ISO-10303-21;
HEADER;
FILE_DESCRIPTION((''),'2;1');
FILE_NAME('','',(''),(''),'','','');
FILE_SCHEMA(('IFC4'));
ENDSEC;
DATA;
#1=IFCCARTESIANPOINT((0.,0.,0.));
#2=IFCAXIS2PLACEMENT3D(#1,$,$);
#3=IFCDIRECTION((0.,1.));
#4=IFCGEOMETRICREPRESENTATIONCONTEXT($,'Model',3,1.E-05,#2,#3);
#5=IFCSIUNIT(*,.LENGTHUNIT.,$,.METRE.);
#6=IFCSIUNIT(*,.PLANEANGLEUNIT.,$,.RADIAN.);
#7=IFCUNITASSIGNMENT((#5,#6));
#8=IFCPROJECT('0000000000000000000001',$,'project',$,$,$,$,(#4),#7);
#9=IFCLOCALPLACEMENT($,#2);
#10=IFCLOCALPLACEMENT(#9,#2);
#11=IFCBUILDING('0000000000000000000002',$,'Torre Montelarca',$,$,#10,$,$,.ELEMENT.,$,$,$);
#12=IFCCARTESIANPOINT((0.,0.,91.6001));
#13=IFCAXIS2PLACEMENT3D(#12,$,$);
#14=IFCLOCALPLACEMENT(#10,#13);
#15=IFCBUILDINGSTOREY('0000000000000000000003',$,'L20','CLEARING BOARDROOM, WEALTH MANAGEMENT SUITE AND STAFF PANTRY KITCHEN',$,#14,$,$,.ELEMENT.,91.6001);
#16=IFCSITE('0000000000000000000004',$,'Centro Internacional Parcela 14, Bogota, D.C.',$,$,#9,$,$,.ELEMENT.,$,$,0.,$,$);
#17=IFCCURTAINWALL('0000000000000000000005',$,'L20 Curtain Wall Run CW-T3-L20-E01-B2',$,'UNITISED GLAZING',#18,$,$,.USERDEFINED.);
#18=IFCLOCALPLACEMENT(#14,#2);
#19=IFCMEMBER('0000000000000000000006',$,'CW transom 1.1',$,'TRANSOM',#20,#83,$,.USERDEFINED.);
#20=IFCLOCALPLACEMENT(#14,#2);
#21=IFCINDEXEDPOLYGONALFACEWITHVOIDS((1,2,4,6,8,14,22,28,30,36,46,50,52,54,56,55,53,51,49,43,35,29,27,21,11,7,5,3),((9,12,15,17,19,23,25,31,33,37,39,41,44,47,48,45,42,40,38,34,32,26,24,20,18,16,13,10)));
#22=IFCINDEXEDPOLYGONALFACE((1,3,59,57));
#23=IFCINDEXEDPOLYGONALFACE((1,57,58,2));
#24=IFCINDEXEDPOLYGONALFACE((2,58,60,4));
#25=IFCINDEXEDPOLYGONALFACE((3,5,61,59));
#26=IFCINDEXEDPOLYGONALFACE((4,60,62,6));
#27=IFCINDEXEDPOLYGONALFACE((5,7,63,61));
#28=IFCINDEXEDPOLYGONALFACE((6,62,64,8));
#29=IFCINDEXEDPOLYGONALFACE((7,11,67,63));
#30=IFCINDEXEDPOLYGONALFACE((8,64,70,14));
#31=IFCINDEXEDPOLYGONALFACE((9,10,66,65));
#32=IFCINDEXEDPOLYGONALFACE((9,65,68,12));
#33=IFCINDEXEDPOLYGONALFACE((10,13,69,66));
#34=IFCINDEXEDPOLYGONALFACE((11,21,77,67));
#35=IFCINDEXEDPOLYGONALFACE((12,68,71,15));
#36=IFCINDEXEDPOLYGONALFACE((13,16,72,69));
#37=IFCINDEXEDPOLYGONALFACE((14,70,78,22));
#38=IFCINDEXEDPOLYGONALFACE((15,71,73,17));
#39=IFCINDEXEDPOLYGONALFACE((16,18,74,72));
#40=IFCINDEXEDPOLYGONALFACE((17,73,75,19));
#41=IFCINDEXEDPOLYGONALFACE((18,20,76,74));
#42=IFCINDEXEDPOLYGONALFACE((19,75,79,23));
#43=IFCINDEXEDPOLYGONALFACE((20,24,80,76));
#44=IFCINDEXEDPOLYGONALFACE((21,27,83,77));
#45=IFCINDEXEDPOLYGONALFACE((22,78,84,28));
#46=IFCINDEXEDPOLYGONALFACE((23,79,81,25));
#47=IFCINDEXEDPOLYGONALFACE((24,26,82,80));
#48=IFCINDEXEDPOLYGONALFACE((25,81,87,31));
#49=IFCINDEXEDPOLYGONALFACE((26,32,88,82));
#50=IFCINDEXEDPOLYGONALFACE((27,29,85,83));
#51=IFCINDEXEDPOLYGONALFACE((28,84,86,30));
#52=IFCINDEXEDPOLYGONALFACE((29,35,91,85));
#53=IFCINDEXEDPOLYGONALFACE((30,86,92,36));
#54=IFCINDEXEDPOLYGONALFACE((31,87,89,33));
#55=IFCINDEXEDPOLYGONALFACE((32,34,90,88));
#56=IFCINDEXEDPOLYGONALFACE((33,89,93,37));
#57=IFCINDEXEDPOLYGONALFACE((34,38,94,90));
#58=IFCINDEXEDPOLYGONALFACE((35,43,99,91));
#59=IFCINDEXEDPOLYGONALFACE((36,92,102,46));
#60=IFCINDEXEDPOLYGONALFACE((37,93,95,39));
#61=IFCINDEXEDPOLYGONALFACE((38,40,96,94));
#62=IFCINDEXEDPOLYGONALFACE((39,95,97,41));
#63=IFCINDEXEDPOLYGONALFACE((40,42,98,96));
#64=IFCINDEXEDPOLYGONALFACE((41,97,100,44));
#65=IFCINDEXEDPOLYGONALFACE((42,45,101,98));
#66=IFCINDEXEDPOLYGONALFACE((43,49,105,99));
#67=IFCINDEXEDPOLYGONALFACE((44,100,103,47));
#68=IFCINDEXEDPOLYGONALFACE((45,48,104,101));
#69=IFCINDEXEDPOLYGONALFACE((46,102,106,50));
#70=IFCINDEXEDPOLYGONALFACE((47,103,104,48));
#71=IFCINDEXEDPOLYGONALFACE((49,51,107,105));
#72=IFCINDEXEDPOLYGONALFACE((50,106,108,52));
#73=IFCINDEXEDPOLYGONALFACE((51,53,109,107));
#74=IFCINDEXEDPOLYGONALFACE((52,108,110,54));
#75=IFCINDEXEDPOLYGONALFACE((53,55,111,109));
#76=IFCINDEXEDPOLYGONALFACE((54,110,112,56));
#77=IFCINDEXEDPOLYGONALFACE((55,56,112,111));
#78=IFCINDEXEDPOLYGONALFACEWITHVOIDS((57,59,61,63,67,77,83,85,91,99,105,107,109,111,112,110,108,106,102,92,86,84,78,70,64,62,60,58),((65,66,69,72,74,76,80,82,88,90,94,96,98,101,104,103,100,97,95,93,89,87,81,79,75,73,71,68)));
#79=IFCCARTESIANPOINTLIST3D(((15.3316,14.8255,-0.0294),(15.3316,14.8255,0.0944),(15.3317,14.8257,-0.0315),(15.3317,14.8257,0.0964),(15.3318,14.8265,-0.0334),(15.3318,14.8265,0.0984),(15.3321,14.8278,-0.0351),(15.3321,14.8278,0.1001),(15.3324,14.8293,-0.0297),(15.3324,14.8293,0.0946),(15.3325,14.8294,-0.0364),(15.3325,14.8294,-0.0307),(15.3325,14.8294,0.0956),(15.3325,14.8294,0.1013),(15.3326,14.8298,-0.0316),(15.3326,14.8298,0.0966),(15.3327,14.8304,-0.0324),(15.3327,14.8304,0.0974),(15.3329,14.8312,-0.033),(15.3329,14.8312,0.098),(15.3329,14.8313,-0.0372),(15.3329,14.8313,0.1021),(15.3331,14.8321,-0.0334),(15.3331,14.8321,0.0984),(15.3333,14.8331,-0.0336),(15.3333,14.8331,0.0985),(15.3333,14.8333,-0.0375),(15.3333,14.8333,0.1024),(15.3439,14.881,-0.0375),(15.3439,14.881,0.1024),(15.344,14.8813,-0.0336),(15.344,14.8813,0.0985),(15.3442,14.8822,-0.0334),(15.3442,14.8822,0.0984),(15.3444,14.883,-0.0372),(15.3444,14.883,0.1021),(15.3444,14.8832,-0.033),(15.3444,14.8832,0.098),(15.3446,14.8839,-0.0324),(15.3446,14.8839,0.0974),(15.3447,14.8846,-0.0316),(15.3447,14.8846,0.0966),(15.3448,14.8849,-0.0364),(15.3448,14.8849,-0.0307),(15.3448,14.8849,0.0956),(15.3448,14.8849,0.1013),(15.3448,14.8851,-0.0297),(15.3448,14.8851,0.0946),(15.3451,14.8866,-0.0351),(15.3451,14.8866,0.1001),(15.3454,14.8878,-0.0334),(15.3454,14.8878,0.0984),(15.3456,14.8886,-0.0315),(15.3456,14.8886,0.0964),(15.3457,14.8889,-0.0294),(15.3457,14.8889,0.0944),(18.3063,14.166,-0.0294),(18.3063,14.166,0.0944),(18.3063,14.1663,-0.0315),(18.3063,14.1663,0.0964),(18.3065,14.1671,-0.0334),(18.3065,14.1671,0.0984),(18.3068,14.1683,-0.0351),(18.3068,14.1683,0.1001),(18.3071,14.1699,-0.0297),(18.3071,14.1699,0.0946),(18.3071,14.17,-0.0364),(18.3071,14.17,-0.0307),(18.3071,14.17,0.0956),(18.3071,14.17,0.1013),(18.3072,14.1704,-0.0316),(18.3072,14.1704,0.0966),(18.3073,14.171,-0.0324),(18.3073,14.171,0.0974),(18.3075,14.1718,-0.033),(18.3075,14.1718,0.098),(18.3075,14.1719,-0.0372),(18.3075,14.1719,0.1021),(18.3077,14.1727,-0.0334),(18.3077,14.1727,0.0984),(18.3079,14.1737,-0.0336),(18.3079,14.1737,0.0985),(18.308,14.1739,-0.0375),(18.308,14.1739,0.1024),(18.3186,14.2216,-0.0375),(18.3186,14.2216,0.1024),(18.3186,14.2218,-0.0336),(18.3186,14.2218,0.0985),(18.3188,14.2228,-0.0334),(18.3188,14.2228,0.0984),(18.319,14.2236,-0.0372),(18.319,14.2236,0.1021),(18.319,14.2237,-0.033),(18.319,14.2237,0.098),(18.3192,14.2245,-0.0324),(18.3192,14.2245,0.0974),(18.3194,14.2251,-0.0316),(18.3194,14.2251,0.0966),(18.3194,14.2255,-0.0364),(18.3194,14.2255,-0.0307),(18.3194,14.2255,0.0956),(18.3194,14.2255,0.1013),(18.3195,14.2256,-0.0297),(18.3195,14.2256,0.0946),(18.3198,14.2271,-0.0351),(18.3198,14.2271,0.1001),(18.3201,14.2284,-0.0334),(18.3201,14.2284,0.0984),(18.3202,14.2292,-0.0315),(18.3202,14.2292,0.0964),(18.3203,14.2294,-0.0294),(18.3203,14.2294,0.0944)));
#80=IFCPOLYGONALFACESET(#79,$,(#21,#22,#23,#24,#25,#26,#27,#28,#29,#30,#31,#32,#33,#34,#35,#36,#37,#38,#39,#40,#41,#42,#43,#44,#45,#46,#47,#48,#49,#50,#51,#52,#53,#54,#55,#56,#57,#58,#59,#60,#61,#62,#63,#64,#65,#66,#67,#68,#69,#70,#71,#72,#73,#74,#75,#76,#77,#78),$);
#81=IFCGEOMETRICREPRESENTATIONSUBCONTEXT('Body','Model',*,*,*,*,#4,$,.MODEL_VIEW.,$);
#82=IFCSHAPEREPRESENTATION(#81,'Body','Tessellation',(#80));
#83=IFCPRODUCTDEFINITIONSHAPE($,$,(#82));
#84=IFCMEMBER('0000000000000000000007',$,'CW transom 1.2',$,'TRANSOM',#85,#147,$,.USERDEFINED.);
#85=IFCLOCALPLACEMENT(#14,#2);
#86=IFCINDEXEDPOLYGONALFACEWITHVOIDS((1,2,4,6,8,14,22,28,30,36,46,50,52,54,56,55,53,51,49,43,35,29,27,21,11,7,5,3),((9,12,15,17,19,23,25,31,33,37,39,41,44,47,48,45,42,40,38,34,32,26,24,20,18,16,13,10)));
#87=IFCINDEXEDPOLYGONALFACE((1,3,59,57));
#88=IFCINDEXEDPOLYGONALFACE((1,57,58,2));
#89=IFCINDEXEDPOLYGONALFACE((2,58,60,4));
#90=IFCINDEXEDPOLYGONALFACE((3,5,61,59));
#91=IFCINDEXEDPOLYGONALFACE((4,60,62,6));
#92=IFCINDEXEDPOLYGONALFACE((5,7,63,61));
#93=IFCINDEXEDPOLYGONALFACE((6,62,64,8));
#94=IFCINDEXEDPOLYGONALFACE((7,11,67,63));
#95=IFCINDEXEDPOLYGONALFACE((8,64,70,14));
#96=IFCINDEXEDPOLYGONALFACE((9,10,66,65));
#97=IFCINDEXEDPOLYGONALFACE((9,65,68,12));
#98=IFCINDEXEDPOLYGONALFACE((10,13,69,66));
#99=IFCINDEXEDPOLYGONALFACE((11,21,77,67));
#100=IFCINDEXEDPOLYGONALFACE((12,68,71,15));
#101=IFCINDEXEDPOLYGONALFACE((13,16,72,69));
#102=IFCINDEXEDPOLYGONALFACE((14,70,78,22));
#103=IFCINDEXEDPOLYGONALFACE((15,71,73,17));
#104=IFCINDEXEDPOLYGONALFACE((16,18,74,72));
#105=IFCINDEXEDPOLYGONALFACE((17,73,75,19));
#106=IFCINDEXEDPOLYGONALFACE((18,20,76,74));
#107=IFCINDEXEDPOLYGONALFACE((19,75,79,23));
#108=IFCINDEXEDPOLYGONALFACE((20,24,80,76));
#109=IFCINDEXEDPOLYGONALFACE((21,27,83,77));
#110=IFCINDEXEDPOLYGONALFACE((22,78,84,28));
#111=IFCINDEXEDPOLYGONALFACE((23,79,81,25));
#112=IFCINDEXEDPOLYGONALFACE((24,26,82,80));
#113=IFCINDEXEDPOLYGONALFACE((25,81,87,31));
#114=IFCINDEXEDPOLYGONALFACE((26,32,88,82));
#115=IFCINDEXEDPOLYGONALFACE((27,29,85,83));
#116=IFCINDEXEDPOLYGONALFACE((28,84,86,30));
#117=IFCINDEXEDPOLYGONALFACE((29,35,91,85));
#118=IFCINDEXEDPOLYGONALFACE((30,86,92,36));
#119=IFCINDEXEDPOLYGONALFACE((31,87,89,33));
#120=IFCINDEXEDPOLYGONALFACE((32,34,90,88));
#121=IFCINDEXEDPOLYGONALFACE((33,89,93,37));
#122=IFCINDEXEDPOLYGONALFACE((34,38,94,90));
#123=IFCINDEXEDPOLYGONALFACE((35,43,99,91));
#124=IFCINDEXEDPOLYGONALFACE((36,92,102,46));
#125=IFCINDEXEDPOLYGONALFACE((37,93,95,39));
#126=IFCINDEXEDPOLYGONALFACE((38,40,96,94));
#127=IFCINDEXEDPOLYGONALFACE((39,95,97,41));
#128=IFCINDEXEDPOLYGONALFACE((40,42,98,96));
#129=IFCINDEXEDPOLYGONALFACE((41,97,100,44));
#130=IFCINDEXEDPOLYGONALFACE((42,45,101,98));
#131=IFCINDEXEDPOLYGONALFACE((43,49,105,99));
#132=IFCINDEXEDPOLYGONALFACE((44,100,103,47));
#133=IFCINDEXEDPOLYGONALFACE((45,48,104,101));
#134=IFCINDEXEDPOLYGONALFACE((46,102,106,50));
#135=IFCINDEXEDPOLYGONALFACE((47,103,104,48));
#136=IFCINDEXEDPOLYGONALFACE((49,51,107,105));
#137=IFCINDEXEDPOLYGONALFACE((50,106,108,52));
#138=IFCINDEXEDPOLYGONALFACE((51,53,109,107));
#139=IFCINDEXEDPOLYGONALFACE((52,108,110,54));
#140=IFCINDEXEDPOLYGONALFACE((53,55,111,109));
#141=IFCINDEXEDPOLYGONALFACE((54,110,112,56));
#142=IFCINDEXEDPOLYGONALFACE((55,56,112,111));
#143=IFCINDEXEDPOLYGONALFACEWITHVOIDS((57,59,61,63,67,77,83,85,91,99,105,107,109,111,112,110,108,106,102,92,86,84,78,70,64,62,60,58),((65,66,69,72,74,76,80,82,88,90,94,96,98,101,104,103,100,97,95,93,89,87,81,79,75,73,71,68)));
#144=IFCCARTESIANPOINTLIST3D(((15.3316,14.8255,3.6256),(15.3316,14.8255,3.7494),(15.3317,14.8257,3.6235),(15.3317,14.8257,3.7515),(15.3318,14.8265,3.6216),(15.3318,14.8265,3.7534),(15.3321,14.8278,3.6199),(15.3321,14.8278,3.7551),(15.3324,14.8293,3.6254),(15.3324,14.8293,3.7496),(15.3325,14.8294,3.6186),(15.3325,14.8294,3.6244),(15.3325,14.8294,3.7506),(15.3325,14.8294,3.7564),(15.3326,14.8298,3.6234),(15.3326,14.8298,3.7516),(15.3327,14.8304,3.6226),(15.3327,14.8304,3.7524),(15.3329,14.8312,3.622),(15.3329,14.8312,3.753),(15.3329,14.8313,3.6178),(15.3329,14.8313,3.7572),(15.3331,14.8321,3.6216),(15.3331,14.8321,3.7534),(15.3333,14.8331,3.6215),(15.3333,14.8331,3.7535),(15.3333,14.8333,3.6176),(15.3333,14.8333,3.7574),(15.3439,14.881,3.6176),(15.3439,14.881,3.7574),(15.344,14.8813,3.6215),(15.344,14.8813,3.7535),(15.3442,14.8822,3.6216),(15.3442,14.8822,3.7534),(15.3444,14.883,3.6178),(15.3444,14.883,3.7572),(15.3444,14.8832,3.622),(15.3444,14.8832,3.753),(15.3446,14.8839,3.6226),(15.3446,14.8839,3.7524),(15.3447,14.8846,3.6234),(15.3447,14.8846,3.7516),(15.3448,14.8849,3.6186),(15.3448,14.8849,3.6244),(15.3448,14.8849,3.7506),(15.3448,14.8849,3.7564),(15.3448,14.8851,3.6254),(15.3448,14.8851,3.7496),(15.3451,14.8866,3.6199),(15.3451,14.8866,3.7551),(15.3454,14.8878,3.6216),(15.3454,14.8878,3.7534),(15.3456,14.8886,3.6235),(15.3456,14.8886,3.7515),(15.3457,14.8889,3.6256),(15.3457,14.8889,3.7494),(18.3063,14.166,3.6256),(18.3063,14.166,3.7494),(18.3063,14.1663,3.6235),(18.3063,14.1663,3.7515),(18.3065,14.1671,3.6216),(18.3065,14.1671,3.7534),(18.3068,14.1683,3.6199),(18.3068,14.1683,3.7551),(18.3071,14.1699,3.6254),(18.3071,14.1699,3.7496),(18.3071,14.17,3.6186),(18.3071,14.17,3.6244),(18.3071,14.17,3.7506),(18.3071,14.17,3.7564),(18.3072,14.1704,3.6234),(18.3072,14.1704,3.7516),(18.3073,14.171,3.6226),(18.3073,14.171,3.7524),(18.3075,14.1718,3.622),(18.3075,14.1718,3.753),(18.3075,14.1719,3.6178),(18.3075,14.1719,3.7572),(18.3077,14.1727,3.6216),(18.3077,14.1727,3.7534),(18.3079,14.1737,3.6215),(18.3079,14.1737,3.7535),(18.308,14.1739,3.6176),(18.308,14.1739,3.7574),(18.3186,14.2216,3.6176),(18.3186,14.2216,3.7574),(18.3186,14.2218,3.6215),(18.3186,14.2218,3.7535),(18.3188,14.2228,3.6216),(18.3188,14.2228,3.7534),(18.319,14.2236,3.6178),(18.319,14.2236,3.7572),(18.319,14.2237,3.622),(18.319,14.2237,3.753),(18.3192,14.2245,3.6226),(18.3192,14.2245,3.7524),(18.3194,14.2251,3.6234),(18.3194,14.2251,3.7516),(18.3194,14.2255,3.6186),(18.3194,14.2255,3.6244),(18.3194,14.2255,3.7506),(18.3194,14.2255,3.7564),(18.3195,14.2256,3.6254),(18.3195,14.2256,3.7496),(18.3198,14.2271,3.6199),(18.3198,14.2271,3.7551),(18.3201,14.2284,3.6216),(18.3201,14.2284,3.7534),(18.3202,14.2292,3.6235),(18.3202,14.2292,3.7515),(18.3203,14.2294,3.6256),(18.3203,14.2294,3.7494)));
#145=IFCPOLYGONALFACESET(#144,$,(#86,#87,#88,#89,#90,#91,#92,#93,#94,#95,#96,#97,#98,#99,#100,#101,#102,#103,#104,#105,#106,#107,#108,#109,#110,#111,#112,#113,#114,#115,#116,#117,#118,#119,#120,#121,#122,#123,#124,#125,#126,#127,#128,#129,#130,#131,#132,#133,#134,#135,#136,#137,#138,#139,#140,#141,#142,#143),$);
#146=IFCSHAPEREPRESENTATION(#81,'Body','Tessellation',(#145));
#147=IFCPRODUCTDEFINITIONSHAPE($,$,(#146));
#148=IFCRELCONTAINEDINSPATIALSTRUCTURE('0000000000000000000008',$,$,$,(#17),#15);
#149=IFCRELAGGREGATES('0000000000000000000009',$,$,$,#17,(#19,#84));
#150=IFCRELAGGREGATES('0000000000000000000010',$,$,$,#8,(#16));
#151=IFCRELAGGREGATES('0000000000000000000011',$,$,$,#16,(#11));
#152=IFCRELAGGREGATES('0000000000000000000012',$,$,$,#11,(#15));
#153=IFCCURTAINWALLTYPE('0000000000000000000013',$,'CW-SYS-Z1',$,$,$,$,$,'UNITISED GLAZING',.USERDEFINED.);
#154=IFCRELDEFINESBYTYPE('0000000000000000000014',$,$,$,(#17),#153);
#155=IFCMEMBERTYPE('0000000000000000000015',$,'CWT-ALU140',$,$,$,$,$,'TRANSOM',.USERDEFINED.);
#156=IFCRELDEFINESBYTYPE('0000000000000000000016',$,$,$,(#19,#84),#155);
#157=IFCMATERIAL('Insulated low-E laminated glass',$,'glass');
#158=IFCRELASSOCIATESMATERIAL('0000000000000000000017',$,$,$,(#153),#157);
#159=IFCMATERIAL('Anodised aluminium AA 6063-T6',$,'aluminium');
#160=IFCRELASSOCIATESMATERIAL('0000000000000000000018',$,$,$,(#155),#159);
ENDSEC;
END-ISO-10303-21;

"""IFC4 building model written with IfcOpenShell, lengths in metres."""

from ifc_helpers import new_model, si_unit, direction, frame, origin, origin_2d, place, context, subcontext, project, spatial, hollow_rectangle, extrude, source, transform, mapped, material, material_profile, profile_set, type_object, element, aggregate, save


model = new_model("IFC4")

# Units and contexts
model_context = context("Model", 3, precision=1e-05, world=origin(), true_north=direction((0.0, 1.0)))
body_context = subcontext(model_context, "Body", "Model", "MODEL_VIEW")
ifc_project = project(units=[si_unit("LENGTHUNIT", "METRE"), si_unit("PLANEANGLEUNIT", "RADIAN")], contexts=[model_context])

# Site, building, storey
site_placement = place(None, origin())
site = spatial("IfcSite", under=ifc_project, at=site_placement, Name="Centro Internacional Parcela 14, Bogota, D.C.", CompositionType="ELEMENT", RefElevation=0.0)
building_placement = place(site_placement, origin())
building = spatial("IfcBuilding", under=site, at=building_placement, Name="Torre Montelarca", CompositionType="ELEMENT")
storey_placement = place(building_placement, frame((0.0, 0.0, 91.6001)))
storey = spatial("IfcBuildingStorey", under=building, at=storey_placement, Name="L20", Description="CLEARING BOARDROOM, WEALTH MANAGEMENT SUITE AND STAFF PANTRY KITCHEN", CompositionType="ELEMENT", Elevation=91.6001)

# Curtain wall, members
ifc_material_1 = material(Name="Insulated low-E laminated glass", Category="glass")
curtain_wall_type = type_object("IfcCurtainWallType", Name="CW-SYS-Z1", ElementType="UNITISED GLAZING", PredefinedType="USERDEFINED", material=ifc_material_1)
ifc_material_2 = material(Name="Anodised aluminium AA 6063-T6", Category="aluminium")
ifc_material_profile_1 = material_profile(ifc_material_2, hollow_rectangle(XDim=0.0649, YDim=0.1399, WallThickness=0.0039, InnerFilletRadius=0.0039, OuterFilletRadius=0.0081, at=origin_2d()), Name="ALU65X140X4", Category="aluminium")
ifc_profile_set_1 = profile_set([ifc_material_profile_1], Name="Anodised aluminium AA 6063-T6")
member_type_1 = type_object("IfcMemberType", Name="CWT-ALU140", ElementType="TRANSOM", PredefinedType="USERDEFINED", material=ifc_profile_set_1)
curtain_wall_1_placement = place(storey_placement, origin())
curtain_wall_1 = element("IfcCurtainWall", 1, at=curtain_wall_1_placement, inside=storey, type_object=curtain_wall_type, Name="L20 Curtain Wall Run CW-T3-L20-E01-B2", ObjectType="UNITISED GLAZING", PredefinedType="USERDEFINED")
shared_shape_1 = source(origin(), body_context, "Body", "SweptSolid", [
    extrude(hollow_rectangle(XDim=0.0649, YDim=0.1399, WallThickness=0.0039, InnerFilletRadius=0.0039, OuterFilletRadius=0.0081, at=origin_2d()), origin(), (0.0, 0.0, 1.0), 3.0469),
])
member_1_placement = place(storey_placement, frame((15.3386, 14.8572, 0.0325), z_axis=(0.976298, -0.21643, 0.0), x_axis=(0.21643, 0.976298, 0.0)))
member_1 = element("IfcMember", 2, at=member_1_placement, type_object=member_type_1, Name="CW transom 1.1", ObjectType="TRANSOM", PredefinedType="USERDEFINED", context=body_context, shape_type="MappedRepresentation", body=[
    mapped(shared_shape_1, transform((0.0, 0.0, 0.0), scale=1.0)),
])
member_2_placement = place(storey_placement, frame((15.3386, 14.8572, 3.6875), z_axis=(0.976298, -0.21643, 0.0), x_axis=(0.21643, 0.976298, 0.0)))
member_2 = element("IfcMember", 3, at=member_2_placement, type_object=member_type_1, Name="CW transom 1.2", ObjectType="TRANSOM", PredefinedType="USERDEFINED", context=body_context, shape_type="MappedRepresentation", body=[
    mapped(shared_shape_1, transform((0.0, 0.0, 0.0), scale=1.0)),
])

aggregate(curtain_wall_1, [member_1, member_2])

save(model, "model.ifc")
